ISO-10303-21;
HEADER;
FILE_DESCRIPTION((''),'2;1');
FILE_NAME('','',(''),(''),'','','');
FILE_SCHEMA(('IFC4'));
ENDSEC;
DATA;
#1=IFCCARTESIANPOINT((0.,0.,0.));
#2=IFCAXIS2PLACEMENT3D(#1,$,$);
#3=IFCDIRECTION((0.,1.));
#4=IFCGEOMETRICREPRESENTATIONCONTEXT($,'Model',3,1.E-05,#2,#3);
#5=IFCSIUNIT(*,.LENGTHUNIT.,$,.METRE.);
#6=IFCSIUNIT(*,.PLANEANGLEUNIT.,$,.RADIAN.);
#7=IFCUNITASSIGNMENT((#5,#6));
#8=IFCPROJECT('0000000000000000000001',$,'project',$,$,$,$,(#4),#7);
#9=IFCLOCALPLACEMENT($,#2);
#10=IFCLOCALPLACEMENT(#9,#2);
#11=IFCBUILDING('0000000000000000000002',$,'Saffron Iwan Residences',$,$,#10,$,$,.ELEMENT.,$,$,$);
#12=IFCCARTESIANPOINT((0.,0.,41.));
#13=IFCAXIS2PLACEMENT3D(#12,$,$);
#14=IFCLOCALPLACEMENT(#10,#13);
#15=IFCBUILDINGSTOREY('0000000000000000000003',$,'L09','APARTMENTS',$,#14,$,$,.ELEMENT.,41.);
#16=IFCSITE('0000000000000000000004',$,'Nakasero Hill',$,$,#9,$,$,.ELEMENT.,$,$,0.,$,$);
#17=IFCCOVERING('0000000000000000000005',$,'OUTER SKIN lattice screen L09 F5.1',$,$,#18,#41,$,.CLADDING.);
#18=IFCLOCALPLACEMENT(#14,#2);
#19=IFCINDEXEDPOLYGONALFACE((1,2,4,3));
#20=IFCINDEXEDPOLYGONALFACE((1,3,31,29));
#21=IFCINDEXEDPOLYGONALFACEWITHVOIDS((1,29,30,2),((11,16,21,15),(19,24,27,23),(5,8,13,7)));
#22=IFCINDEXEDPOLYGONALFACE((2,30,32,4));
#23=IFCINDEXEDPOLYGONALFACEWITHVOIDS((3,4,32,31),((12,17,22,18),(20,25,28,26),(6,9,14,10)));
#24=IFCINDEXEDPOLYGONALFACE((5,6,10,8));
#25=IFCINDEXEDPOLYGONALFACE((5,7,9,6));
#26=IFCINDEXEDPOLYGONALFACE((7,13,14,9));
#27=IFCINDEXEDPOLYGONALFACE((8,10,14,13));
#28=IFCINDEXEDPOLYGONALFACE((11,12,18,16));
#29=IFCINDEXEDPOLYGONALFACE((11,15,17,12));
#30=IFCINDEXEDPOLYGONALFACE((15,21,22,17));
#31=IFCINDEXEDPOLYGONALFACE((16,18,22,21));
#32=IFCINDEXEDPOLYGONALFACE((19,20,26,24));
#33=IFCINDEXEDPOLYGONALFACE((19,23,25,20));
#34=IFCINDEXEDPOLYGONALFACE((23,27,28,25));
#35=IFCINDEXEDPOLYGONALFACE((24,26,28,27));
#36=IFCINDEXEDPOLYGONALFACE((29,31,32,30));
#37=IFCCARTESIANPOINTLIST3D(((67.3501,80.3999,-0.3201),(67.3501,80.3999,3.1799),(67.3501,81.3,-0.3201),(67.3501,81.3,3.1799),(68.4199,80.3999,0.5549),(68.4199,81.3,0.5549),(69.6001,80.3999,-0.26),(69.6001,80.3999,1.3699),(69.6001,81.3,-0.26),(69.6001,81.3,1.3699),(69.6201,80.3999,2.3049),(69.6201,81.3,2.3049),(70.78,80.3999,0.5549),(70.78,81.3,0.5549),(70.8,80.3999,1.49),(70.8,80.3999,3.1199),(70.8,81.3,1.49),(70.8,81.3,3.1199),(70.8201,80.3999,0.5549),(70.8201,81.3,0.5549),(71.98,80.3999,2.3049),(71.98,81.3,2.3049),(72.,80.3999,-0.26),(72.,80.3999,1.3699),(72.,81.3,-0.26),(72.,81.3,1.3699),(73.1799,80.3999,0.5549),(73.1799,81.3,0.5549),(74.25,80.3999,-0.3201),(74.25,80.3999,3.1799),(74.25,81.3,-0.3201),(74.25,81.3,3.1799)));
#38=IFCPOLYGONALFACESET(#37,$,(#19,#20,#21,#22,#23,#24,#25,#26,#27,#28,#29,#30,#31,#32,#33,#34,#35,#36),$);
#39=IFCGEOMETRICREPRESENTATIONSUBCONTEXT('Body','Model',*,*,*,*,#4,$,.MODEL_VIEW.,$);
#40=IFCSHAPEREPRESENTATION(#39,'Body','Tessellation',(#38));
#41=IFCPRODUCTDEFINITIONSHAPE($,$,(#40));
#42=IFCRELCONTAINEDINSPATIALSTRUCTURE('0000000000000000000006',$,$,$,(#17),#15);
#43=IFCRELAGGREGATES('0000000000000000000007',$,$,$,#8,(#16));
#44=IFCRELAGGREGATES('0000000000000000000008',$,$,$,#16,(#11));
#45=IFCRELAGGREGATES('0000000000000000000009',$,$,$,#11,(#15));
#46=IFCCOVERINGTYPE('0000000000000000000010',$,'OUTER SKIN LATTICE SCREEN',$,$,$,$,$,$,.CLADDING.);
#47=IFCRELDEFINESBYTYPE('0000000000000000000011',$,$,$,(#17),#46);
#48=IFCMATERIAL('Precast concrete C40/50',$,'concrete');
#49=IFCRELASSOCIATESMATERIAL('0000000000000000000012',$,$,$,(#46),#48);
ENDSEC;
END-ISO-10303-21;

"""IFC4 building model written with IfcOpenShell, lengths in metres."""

from ifc_helpers import new_model, si_unit, direction, frame, origin, place, context, subcontext, project, spatial, polyline, outline, extrude, material, type_object, element, save


model = new_model("IFC4")

# Units and contexts
model_context = context("Model", 3, precision=1e-05, world=origin(), true_north=direction((0.0, 1.0)))
body_context = subcontext(model_context, "Body", "Model", "MODEL_VIEW")
ifc_project = project(units=[si_unit("LENGTHUNIT", "METRE"), si_unit("PLANEANGLEUNIT", "RADIAN")], contexts=[model_context])

# Site, building, storey
site_placement = place(None, origin())
site = spatial("IfcSite", under=ifc_project, at=site_placement, Name="Nakasero Hill", CompositionType="ELEMENT", RefElevation=0.0)
building_placement = place(site_placement, origin())
building = spatial("IfcBuilding", under=site, at=building_placement, Name="Saffron Iwan Residences", CompositionType="ELEMENT")
storey_placement = place(building_placement, frame((0.0, 0.0, 41.0)))
storey = spatial("IfcBuildingStorey", under=building, at=storey_placement, Name="L09", Description="APARTMENTS", CompositionType="ELEMENT", Elevation=41.0)

# Covering
ifc_material_1 = material(Name="Precast concrete C40/50", Category="concrete")
covering_type = type_object("IfcCoveringType", Name="OUTER SKIN LATTICE SCREEN", PredefinedType="CLADDING", material=ifc_material_1)
covering_placement = place(storey_placement, frame((74.25, 80.3999, -0.3201), z_axis=(0.0, 1.0, 0.0), x_axis=(-1.0, 0.0, 0.0)))
element("IfcCovering", 1, at=covering_placement, inside=storey, type_object=covering_type, Name="OUTER SKIN lattice screen L09 F5.1", PredefinedType="CLADDING", context=body_context, shape_type="SweptSolid", body=[
    extrude(outline(polyline([(0.0, 0.0), (6.8999, 0.0), (6.8999, 3.5), (0.0, 3.5), (0.0, 0.0)]), holes=[polyline([(1.0701, 0.875), (2.25, 0.0601), (3.4299, 0.875), (2.25, 1.6899), (1.0701, 0.875)]), polyline([(3.47, 0.875), (4.6499, 0.0601), (5.8301, 0.875), (4.6499, 1.6899), (3.47, 0.875)]), polyline([(2.27, 2.625), (3.45, 1.8101), (4.6299, 2.625), (3.45, 3.4399), (2.27, 2.625)])]), origin(), (0.0, 0.0, 1.0), 0.9001),
])

save(model, "model.ifc")
